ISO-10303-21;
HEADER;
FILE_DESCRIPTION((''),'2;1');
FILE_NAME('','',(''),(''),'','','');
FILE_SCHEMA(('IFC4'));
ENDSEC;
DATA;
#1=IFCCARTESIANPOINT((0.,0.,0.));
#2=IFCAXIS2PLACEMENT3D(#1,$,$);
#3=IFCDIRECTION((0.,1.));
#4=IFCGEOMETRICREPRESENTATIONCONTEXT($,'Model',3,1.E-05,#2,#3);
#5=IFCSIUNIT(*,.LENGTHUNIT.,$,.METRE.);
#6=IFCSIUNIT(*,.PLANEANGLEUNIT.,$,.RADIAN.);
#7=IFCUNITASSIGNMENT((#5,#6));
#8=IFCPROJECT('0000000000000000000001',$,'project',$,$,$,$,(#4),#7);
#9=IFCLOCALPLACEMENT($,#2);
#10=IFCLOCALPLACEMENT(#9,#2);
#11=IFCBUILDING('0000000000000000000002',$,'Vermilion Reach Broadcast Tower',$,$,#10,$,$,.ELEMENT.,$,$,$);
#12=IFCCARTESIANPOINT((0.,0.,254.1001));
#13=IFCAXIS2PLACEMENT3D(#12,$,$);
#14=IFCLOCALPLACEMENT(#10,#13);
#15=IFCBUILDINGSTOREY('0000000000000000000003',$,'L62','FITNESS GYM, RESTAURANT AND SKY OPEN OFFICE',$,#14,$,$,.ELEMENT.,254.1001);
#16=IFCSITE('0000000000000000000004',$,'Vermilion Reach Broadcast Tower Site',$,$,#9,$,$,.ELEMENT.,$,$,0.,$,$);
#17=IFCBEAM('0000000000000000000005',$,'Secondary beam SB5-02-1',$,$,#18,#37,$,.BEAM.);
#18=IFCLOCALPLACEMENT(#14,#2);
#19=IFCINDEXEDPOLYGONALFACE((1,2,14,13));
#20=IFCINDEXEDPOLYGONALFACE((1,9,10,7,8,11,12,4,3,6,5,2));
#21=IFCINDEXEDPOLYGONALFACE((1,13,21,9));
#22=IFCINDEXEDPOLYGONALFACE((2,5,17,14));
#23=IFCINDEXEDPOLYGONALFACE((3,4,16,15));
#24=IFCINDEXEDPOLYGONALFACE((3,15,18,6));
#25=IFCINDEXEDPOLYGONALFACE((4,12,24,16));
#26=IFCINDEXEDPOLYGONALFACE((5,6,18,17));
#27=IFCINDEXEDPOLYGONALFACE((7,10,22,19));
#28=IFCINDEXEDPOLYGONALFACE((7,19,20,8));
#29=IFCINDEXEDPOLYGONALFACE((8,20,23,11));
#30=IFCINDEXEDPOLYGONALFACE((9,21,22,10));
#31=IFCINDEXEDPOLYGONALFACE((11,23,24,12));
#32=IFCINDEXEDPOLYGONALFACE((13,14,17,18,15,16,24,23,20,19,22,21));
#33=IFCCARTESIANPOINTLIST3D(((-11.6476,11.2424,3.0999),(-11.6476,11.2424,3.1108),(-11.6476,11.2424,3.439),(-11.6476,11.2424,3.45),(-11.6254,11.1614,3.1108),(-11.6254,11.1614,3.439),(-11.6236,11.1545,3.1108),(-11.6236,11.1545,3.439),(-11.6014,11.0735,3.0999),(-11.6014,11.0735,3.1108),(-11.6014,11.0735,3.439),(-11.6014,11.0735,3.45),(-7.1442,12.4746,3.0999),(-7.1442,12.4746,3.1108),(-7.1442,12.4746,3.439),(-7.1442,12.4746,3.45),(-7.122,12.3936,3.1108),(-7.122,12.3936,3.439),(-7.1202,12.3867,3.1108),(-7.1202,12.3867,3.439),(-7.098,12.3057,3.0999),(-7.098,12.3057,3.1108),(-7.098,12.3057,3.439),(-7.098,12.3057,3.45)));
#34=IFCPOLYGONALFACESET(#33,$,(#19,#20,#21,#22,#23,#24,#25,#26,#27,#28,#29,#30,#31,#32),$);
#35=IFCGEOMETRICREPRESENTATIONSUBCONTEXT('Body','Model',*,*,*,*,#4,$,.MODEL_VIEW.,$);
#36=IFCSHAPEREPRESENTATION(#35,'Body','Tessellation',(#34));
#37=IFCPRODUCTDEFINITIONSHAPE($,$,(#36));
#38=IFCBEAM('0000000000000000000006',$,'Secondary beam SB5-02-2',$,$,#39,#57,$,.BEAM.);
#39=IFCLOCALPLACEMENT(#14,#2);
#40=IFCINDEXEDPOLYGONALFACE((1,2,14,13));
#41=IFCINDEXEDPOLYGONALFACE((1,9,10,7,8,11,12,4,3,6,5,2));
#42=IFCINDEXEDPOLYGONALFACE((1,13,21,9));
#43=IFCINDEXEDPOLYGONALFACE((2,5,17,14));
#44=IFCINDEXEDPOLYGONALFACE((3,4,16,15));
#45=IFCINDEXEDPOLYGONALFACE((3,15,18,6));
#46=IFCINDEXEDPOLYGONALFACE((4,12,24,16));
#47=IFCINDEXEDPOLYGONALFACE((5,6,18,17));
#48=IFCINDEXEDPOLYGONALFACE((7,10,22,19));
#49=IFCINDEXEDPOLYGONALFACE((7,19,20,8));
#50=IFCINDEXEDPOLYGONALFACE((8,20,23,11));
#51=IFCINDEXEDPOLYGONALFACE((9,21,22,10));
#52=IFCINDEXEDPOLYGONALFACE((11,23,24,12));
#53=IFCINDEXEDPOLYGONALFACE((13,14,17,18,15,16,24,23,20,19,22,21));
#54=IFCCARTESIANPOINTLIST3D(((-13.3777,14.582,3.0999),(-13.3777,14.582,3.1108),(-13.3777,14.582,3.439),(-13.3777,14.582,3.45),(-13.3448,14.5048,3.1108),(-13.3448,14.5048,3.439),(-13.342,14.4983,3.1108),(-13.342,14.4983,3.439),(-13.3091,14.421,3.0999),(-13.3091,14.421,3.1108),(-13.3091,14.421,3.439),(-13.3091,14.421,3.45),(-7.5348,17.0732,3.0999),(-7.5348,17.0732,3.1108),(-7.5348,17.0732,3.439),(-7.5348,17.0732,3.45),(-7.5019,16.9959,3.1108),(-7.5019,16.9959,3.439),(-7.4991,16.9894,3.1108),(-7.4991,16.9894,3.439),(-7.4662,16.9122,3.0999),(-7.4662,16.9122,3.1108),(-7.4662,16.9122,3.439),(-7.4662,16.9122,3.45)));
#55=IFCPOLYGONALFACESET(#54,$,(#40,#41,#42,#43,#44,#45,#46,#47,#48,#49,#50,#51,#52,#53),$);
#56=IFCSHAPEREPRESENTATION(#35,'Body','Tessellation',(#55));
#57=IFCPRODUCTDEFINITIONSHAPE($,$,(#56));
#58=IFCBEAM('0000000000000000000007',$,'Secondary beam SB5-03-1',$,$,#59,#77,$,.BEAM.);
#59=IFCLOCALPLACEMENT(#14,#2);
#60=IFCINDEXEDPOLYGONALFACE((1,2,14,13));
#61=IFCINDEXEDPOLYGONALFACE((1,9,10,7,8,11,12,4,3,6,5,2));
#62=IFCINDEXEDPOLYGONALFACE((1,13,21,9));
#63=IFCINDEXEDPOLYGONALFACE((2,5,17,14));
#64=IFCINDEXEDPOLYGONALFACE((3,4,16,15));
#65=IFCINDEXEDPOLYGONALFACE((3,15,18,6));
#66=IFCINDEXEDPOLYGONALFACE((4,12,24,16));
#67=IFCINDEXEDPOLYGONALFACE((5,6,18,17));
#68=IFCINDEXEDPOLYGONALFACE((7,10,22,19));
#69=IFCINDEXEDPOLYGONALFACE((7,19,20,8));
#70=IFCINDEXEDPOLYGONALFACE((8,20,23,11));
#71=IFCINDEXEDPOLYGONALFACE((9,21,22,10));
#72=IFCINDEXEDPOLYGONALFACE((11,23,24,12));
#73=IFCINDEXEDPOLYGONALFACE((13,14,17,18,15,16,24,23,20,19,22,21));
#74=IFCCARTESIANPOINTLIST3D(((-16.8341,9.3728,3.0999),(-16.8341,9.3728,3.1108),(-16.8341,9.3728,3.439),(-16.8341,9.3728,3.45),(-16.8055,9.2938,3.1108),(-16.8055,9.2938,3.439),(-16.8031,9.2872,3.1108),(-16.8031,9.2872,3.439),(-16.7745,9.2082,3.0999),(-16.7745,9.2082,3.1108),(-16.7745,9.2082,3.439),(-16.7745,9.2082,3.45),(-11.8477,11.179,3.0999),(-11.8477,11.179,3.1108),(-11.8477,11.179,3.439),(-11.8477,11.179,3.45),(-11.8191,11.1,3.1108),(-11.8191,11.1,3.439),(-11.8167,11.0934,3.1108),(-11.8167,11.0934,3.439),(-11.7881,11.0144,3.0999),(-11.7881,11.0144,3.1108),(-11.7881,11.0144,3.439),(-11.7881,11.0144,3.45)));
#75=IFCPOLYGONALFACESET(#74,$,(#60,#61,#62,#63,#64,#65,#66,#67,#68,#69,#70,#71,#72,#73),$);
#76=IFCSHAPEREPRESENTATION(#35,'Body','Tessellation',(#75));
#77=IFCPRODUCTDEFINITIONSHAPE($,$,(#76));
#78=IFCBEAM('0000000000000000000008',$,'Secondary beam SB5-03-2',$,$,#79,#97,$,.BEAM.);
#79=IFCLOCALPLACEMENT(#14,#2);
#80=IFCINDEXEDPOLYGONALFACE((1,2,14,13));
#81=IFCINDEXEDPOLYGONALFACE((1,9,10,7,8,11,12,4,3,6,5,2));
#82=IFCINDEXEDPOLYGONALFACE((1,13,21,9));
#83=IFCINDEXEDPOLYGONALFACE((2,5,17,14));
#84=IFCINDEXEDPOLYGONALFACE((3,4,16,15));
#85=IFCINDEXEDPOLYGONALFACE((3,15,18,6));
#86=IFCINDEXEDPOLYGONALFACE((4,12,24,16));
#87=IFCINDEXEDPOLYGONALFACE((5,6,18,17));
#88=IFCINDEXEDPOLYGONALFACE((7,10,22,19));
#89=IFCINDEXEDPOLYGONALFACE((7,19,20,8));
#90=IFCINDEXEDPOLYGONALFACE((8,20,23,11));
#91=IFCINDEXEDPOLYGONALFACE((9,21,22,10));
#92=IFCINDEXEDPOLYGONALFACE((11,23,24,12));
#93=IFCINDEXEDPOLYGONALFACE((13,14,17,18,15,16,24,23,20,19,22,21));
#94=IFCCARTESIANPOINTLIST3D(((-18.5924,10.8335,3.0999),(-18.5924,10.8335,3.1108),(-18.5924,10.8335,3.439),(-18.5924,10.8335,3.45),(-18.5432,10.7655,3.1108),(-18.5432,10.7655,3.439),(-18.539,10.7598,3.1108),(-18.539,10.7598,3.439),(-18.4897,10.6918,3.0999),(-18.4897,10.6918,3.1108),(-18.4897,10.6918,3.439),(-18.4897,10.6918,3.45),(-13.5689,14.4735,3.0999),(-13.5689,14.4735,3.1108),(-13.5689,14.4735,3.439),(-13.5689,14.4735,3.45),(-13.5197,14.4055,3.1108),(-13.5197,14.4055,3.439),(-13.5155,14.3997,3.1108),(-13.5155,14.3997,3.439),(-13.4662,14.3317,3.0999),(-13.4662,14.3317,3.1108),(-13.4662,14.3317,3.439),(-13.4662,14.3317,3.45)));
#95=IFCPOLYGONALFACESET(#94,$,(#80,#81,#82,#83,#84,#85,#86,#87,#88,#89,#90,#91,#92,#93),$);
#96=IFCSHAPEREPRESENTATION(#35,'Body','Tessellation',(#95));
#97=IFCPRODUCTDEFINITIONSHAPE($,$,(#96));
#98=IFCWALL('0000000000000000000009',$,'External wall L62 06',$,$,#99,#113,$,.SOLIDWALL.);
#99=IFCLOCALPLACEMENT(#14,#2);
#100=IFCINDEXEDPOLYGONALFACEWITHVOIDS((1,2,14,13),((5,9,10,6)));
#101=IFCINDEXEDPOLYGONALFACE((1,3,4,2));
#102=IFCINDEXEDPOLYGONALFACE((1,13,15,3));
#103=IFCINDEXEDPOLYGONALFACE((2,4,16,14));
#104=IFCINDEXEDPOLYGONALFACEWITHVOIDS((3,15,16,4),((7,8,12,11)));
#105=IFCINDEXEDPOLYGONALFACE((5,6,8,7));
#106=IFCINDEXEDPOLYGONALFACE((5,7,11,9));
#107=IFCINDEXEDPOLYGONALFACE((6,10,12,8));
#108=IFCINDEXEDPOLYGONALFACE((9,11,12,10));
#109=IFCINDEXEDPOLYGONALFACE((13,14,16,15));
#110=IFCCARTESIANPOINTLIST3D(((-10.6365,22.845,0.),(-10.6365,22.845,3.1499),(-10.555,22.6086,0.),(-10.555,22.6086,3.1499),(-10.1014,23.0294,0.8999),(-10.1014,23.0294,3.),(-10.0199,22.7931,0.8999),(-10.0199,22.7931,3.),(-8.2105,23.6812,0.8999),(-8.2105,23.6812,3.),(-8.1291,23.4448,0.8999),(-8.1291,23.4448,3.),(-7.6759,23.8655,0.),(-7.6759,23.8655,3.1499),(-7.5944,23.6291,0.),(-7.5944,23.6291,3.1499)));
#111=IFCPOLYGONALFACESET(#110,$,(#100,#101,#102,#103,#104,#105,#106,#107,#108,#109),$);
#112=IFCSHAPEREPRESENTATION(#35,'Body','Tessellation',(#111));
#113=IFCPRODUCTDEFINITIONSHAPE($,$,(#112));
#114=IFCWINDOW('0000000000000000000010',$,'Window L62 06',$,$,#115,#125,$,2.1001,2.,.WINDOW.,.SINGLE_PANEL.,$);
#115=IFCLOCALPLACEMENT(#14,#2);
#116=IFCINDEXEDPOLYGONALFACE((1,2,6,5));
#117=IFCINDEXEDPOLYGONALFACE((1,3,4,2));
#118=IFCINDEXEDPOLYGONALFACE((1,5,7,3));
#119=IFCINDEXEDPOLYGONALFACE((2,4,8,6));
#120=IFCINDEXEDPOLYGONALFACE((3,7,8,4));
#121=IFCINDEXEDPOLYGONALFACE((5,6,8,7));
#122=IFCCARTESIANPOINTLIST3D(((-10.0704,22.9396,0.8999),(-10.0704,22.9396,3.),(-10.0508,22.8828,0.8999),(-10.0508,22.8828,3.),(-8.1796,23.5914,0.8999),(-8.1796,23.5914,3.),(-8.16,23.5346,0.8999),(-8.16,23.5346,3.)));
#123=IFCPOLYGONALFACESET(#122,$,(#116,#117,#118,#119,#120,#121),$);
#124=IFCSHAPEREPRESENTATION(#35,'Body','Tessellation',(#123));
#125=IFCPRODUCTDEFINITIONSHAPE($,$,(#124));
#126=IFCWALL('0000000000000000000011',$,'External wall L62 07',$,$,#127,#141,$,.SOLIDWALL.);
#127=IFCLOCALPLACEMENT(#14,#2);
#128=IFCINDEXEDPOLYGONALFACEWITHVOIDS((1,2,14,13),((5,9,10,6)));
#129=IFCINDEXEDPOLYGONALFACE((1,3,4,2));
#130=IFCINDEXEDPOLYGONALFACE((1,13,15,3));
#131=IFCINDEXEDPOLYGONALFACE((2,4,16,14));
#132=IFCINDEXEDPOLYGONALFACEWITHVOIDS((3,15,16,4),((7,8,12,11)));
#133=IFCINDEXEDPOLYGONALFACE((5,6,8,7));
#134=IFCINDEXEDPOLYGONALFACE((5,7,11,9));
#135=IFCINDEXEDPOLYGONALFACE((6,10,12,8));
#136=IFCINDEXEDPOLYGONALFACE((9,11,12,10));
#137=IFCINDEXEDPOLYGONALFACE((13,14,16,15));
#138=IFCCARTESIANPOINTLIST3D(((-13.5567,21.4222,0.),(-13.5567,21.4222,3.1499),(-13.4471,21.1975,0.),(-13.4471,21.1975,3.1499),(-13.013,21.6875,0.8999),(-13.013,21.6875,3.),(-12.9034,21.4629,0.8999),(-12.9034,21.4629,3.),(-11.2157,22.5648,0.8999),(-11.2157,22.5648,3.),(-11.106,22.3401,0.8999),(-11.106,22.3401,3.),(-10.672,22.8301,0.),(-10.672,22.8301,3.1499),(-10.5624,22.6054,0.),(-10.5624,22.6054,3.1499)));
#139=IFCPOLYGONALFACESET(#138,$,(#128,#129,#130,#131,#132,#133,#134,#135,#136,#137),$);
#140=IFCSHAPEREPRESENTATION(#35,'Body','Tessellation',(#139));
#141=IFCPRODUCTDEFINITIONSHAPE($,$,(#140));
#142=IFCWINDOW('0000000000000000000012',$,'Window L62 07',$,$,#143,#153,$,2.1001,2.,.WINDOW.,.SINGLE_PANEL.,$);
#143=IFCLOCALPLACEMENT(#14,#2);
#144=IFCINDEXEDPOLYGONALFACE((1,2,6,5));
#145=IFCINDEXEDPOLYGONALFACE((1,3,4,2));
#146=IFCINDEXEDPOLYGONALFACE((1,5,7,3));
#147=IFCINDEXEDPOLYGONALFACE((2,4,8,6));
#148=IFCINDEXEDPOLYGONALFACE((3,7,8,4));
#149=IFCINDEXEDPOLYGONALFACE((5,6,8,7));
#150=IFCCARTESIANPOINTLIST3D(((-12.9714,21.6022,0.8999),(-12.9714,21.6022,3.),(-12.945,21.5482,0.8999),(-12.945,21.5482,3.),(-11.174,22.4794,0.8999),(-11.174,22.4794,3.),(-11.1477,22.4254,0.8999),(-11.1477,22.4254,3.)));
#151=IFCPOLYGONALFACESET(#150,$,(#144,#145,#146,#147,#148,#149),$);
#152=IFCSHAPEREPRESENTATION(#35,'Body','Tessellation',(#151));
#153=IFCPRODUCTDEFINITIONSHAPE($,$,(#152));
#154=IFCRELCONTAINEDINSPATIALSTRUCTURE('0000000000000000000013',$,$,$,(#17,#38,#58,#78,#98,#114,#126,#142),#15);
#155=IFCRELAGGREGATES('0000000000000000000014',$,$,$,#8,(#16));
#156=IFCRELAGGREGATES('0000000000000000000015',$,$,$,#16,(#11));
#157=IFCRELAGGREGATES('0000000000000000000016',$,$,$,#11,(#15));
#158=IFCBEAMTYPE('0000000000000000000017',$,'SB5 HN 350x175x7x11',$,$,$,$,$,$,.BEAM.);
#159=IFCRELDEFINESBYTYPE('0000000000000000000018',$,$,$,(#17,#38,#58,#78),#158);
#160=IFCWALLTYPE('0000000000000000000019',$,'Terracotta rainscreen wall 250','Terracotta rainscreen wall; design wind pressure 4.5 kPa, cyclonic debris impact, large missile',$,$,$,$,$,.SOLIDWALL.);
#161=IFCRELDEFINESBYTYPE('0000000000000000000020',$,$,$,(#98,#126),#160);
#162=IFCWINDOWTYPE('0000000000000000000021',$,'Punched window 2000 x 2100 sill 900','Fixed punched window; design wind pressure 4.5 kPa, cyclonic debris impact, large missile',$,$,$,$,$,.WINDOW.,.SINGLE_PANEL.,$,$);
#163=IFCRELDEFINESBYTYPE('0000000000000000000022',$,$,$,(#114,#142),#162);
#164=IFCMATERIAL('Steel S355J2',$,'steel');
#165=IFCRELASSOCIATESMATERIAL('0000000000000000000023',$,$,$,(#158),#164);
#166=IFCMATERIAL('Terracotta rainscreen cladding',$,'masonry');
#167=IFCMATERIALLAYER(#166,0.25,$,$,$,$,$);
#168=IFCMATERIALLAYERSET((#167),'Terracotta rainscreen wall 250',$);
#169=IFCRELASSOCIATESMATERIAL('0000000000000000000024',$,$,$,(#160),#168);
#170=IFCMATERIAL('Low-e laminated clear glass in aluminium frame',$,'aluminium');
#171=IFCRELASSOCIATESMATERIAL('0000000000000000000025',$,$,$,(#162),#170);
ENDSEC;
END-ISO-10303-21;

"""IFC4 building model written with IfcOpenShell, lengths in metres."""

from ifc_helpers import new_model, si_unit, direction, frame, frame_2d, origin, origin_2d, place, context, subcontext, project, spatial, rectangle, i_section, extrude, material, layer, layer_set, material_profile, profile_set, type_object, element, fill, save


model = new_model("IFC4")

# Units and contexts
model_context = context("Model", 3, precision=1e-05, world=origin(), true_north=direction((0.0, 1.0)))
body_context = subcontext(model_context, "Body", "Model", "MODEL_VIEW")
ifc_project = project(units=[si_unit("LENGTHUNIT", "METRE"), si_unit("PLANEANGLEUNIT", "RADIAN")], contexts=[model_context])

# Site, building, storey
site_placement = place(None, origin())
site = spatial("IfcSite", under=ifc_project, at=site_placement, Name="Vermilion Reach Broadcast Tower Site", CompositionType="ELEMENT", RefElevation=0.0)
building_placement = place(site_placement, origin())
building = spatial("IfcBuilding", under=site, at=building_placement, Name="Vermilion Reach Broadcast Tower", CompositionType="ELEMENT")
storey_placement = place(building_placement, frame((0.0, 0.0, 254.1001)))
storey = spatial("IfcBuildingStorey", under=building, at=storey_placement, Name="L62", Description="FITNESS GYM, RESTAURANT AND SKY OPEN OFFICE", CompositionType="ELEMENT", Elevation=254.1001)

# Beams
ifc_material_1 = material(Name="Steel S355J2", Category="steel")
ifc_material_profile_1 = material_profile(ifc_material_1, i_section(OverallWidth=0.175, OverallDepth=0.3501, WebThickness=0.0071, FlangeThickness=0.011, at=origin_2d()), Name="S355J2 HN 350x175x7x11")
ifc_profile_set_1 = profile_set([ifc_material_profile_1], Name="Steel S355J2")
beam_type_1 = type_object("IfcBeamType", Name="SB5 HN 350x175x7x11", PredefinedType="BEAM", material=ifc_profile_set_1)
beam_1_placement = place(storey_placement, frame((-7.1211, 12.3901, 3.2749), z_axis=(-0.964547, -0.263909, 0.0), x_axis=(0.263909, -0.964547, 0.0)))
element("IfcBeam", 1, at=beam_1_placement, inside=storey, type_object=beam_type_1, Name="Secondary beam SB5-02-1", PredefinedType="BEAM", context=body_context, shape_type="SweptSolid", body=[
    extrude(i_section(OverallWidth=0.175, OverallDepth=0.3501, WebThickness=0.0071, FlangeThickness=0.011, at=origin_2d()), origin(), (0.0, 0.0, 1.0), 4.6689),
])
beam_2_placement = place(storey_placement, frame((-7.5005, 16.9927, 3.2749), z_axis=(-0.919881, -0.392198, 0.0), x_axis=(0.392198, -0.919881, 0.0)))
element("IfcBeam", 2, at=beam_2_placement, inside=storey, type_object=beam_type_1, Name="Secondary beam SB5-02-2", PredefinedType="BEAM", context=body_context, shape_type="SweptSolid", body=[
    extrude(i_section(OverallWidth=0.175, OverallDepth=0.3501, WebThickness=0.0071, FlangeThickness=0.011, at=origin_2d()), origin(), (0.0, 0.0, 1.0), 6.3518),
])
beam_3_placement = place(storey_placement, frame((-11.8179, 11.0967, 3.2749), z_axis=(-0.94022, -0.340567, 0.0), x_axis=(0.340567, -0.94022, 0.0)))
element("IfcBeam", 3, at=beam_3_placement, inside=storey, type_object=beam_type_1, Name="Secondary beam SB5-03-1", PredefinedType="BEAM", context=body_context, shape_type="SweptSolid", body=[
    extrude(i_section(OverallWidth=0.175, OverallDepth=0.3501, WebThickness=0.0071, FlangeThickness=0.011, at=origin_2d()), origin(), (0.0, 0.0, 1.0), 5.3035),
])
beam_4_placement = place(storey_placement, frame((-13.5176, 14.4026, 3.2749), z_axis=(-0.809771, -0.586746, 0.0), x_axis=(0.586746, -0.809771, 0.0)))
element("IfcBeam", 4, at=beam_4_placement, inside=storey, type_object=beam_type_1, Name="Secondary beam SB5-03-2", PredefinedType="BEAM", context=body_context, shape_type="SweptSolid", body=[
    extrude(i_section(OverallWidth=0.175, OverallDepth=0.3501, WebThickness=0.0071, FlangeThickness=0.011, at=origin_2d()), origin(), (0.0, 0.0, 1.0), 6.2036),
])

# Walls, openings, windows
ifc_material_2 = material(Name="Terracotta rainscreen cladding", Category="masonry")
ifc_layer = layer(ifc_material_2, 0.25)
ifc_layer_set = layer_set([ifc_layer], Name="Terracotta rainscreen wall 250")
wall_type = type_object("IfcWallType", Name="Terracotta rainscreen wall 250", Description="Terracotta rainscreen wall; design wind pressure 4.5 kPa, cyclonic debris impact, large missile", PredefinedType="SOLIDWALL", material=ifc_layer_set)
wall_1_placement = place(storey_placement, frame((-7.635, 23.7473, 0.0), z_axis=(0.0, 0.0, 1.0), x_axis=(-0.945414, -0.325871, 0.0)))
wall_1 = element("IfcWall", 5, at=wall_1_placement, inside=storey, type_object=wall_type, Name="External wall L62 06", PredefinedType="SOLIDWALL", context=body_context, shape_type="SweptSolid", body=[
    extrude(rectangle(XDim=3.1316, YDim=0.25, at=frame_2d((1.5659, 0.0))), origin(), (0.0, 0.0, 1.0), 3.1499),
])
opening_1_placement = place(wall_1_placement, frame((0.5657, 0.0, 0.8999)))
opening_1 = element("IfcOpeningElement", 6, at=opening_1_placement, cuts=wall_1, PredefinedType="OPENING", context=body_context, shape_type="SweptSolid", body=[
    extrude(rectangle(XDim=2.0, YDim=2.1001, at=frame_2d((1.0, 1.05))), frame((0.0, 0.135, 0.0), z_axis=(0.0, -1.0, 0.0), x_axis=(1.0, 0.0, 0.0)), (0.0, 0.0, 1.0), 0.27),
])
ifc_material_3 = material(Name="Low-e laminated clear glass in aluminium frame", Category="aluminium")
window_type = type_object("IfcWindowType", Name="Punched window 2000 x 2100 sill 900", Description="Fixed punched window; design wind pressure 4.5 kPa, cyclonic debris impact, large missile", PartitioningType="SINGLE_PANEL", PredefinedType="WINDOW", material=ifc_material_3)
window_1_placement = place(opening_1_placement, origin())
window_1 = element("IfcWindow", 7, at=window_1_placement, inside=storey, type_object=window_type, Name="Window L62 06", OverallHeight=2.1001, OverallWidth=2.0, PartitioningType="SINGLE_PANEL", PredefinedType="WINDOW", context=body_context, shape_type="SweptSolid", body=[
    extrude(rectangle(XDim=2.0, YDim=2.1001, at=frame_2d((1.0, 1.05))), frame((0.0, 0.03, 0.0), z_axis=(0.0, -1.0, 0.0), x_axis=(1.0, 0.0, 0.0)), (0.0, 0.0, 1.0), 0.0601),
])
fill(opening_1, window_1)
wall_2_placement = place(storey_placement, frame((-10.6172, 22.7178, 0.0), z_axis=(0.0, 0.0, 1.0), x_axis=(-0.898676, -0.438614, 0.0)))
wall_2 = element("IfcWall", 8, at=wall_2_placement, inside=storey, type_object=wall_type, Name="External wall L62 07", PredefinedType="SOLIDWALL", context=body_context, shape_type="SweptSolid", body=[
    extrude(rectangle(XDim=3.21, YDim=0.25, at=frame_2d((1.605, 0.0))), origin(), (0.0, 0.0, 1.0), 3.1499),
])
opening_2_placement = place(wall_2_placement, frame((0.605, 0.0, 0.8999)))
opening_2 = element("IfcOpeningElement", 9, at=opening_2_placement, cuts=wall_2, PredefinedType="OPENING", context=body_context, shape_type="SweptSolid", body=[
    extrude(rectangle(XDim=2.0, YDim=2.1001, at=frame_2d((1.0, 1.05))), frame((0.0, 0.135, 0.0), z_axis=(0.0, -1.0, 0.0), x_axis=(1.0, 0.0, 0.0)), (0.0, 0.0, 1.0), 0.27),
])
window_2_placement = place(opening_2_placement, origin())
window_2 = element("IfcWindow", 10, at=window_2_placement, inside=storey, type_object=window_type, Name="Window L62 07", OverallHeight=2.1001, OverallWidth=2.0, PartitioningType="SINGLE_PANEL", PredefinedType="WINDOW", context=body_context, shape_type="SweptSolid", body=[
    extrude(rectangle(XDim=2.0, YDim=2.1001, at=frame_2d((1.0, 1.05))), frame((0.0, 0.03, 0.0), z_axis=(0.0, -1.0, 0.0), x_axis=(1.0, 0.0, 0.0)), (0.0, 0.0, 1.0), 0.0601),
])
fill(opening_2, window_2)

save(model, "model.ifc")
